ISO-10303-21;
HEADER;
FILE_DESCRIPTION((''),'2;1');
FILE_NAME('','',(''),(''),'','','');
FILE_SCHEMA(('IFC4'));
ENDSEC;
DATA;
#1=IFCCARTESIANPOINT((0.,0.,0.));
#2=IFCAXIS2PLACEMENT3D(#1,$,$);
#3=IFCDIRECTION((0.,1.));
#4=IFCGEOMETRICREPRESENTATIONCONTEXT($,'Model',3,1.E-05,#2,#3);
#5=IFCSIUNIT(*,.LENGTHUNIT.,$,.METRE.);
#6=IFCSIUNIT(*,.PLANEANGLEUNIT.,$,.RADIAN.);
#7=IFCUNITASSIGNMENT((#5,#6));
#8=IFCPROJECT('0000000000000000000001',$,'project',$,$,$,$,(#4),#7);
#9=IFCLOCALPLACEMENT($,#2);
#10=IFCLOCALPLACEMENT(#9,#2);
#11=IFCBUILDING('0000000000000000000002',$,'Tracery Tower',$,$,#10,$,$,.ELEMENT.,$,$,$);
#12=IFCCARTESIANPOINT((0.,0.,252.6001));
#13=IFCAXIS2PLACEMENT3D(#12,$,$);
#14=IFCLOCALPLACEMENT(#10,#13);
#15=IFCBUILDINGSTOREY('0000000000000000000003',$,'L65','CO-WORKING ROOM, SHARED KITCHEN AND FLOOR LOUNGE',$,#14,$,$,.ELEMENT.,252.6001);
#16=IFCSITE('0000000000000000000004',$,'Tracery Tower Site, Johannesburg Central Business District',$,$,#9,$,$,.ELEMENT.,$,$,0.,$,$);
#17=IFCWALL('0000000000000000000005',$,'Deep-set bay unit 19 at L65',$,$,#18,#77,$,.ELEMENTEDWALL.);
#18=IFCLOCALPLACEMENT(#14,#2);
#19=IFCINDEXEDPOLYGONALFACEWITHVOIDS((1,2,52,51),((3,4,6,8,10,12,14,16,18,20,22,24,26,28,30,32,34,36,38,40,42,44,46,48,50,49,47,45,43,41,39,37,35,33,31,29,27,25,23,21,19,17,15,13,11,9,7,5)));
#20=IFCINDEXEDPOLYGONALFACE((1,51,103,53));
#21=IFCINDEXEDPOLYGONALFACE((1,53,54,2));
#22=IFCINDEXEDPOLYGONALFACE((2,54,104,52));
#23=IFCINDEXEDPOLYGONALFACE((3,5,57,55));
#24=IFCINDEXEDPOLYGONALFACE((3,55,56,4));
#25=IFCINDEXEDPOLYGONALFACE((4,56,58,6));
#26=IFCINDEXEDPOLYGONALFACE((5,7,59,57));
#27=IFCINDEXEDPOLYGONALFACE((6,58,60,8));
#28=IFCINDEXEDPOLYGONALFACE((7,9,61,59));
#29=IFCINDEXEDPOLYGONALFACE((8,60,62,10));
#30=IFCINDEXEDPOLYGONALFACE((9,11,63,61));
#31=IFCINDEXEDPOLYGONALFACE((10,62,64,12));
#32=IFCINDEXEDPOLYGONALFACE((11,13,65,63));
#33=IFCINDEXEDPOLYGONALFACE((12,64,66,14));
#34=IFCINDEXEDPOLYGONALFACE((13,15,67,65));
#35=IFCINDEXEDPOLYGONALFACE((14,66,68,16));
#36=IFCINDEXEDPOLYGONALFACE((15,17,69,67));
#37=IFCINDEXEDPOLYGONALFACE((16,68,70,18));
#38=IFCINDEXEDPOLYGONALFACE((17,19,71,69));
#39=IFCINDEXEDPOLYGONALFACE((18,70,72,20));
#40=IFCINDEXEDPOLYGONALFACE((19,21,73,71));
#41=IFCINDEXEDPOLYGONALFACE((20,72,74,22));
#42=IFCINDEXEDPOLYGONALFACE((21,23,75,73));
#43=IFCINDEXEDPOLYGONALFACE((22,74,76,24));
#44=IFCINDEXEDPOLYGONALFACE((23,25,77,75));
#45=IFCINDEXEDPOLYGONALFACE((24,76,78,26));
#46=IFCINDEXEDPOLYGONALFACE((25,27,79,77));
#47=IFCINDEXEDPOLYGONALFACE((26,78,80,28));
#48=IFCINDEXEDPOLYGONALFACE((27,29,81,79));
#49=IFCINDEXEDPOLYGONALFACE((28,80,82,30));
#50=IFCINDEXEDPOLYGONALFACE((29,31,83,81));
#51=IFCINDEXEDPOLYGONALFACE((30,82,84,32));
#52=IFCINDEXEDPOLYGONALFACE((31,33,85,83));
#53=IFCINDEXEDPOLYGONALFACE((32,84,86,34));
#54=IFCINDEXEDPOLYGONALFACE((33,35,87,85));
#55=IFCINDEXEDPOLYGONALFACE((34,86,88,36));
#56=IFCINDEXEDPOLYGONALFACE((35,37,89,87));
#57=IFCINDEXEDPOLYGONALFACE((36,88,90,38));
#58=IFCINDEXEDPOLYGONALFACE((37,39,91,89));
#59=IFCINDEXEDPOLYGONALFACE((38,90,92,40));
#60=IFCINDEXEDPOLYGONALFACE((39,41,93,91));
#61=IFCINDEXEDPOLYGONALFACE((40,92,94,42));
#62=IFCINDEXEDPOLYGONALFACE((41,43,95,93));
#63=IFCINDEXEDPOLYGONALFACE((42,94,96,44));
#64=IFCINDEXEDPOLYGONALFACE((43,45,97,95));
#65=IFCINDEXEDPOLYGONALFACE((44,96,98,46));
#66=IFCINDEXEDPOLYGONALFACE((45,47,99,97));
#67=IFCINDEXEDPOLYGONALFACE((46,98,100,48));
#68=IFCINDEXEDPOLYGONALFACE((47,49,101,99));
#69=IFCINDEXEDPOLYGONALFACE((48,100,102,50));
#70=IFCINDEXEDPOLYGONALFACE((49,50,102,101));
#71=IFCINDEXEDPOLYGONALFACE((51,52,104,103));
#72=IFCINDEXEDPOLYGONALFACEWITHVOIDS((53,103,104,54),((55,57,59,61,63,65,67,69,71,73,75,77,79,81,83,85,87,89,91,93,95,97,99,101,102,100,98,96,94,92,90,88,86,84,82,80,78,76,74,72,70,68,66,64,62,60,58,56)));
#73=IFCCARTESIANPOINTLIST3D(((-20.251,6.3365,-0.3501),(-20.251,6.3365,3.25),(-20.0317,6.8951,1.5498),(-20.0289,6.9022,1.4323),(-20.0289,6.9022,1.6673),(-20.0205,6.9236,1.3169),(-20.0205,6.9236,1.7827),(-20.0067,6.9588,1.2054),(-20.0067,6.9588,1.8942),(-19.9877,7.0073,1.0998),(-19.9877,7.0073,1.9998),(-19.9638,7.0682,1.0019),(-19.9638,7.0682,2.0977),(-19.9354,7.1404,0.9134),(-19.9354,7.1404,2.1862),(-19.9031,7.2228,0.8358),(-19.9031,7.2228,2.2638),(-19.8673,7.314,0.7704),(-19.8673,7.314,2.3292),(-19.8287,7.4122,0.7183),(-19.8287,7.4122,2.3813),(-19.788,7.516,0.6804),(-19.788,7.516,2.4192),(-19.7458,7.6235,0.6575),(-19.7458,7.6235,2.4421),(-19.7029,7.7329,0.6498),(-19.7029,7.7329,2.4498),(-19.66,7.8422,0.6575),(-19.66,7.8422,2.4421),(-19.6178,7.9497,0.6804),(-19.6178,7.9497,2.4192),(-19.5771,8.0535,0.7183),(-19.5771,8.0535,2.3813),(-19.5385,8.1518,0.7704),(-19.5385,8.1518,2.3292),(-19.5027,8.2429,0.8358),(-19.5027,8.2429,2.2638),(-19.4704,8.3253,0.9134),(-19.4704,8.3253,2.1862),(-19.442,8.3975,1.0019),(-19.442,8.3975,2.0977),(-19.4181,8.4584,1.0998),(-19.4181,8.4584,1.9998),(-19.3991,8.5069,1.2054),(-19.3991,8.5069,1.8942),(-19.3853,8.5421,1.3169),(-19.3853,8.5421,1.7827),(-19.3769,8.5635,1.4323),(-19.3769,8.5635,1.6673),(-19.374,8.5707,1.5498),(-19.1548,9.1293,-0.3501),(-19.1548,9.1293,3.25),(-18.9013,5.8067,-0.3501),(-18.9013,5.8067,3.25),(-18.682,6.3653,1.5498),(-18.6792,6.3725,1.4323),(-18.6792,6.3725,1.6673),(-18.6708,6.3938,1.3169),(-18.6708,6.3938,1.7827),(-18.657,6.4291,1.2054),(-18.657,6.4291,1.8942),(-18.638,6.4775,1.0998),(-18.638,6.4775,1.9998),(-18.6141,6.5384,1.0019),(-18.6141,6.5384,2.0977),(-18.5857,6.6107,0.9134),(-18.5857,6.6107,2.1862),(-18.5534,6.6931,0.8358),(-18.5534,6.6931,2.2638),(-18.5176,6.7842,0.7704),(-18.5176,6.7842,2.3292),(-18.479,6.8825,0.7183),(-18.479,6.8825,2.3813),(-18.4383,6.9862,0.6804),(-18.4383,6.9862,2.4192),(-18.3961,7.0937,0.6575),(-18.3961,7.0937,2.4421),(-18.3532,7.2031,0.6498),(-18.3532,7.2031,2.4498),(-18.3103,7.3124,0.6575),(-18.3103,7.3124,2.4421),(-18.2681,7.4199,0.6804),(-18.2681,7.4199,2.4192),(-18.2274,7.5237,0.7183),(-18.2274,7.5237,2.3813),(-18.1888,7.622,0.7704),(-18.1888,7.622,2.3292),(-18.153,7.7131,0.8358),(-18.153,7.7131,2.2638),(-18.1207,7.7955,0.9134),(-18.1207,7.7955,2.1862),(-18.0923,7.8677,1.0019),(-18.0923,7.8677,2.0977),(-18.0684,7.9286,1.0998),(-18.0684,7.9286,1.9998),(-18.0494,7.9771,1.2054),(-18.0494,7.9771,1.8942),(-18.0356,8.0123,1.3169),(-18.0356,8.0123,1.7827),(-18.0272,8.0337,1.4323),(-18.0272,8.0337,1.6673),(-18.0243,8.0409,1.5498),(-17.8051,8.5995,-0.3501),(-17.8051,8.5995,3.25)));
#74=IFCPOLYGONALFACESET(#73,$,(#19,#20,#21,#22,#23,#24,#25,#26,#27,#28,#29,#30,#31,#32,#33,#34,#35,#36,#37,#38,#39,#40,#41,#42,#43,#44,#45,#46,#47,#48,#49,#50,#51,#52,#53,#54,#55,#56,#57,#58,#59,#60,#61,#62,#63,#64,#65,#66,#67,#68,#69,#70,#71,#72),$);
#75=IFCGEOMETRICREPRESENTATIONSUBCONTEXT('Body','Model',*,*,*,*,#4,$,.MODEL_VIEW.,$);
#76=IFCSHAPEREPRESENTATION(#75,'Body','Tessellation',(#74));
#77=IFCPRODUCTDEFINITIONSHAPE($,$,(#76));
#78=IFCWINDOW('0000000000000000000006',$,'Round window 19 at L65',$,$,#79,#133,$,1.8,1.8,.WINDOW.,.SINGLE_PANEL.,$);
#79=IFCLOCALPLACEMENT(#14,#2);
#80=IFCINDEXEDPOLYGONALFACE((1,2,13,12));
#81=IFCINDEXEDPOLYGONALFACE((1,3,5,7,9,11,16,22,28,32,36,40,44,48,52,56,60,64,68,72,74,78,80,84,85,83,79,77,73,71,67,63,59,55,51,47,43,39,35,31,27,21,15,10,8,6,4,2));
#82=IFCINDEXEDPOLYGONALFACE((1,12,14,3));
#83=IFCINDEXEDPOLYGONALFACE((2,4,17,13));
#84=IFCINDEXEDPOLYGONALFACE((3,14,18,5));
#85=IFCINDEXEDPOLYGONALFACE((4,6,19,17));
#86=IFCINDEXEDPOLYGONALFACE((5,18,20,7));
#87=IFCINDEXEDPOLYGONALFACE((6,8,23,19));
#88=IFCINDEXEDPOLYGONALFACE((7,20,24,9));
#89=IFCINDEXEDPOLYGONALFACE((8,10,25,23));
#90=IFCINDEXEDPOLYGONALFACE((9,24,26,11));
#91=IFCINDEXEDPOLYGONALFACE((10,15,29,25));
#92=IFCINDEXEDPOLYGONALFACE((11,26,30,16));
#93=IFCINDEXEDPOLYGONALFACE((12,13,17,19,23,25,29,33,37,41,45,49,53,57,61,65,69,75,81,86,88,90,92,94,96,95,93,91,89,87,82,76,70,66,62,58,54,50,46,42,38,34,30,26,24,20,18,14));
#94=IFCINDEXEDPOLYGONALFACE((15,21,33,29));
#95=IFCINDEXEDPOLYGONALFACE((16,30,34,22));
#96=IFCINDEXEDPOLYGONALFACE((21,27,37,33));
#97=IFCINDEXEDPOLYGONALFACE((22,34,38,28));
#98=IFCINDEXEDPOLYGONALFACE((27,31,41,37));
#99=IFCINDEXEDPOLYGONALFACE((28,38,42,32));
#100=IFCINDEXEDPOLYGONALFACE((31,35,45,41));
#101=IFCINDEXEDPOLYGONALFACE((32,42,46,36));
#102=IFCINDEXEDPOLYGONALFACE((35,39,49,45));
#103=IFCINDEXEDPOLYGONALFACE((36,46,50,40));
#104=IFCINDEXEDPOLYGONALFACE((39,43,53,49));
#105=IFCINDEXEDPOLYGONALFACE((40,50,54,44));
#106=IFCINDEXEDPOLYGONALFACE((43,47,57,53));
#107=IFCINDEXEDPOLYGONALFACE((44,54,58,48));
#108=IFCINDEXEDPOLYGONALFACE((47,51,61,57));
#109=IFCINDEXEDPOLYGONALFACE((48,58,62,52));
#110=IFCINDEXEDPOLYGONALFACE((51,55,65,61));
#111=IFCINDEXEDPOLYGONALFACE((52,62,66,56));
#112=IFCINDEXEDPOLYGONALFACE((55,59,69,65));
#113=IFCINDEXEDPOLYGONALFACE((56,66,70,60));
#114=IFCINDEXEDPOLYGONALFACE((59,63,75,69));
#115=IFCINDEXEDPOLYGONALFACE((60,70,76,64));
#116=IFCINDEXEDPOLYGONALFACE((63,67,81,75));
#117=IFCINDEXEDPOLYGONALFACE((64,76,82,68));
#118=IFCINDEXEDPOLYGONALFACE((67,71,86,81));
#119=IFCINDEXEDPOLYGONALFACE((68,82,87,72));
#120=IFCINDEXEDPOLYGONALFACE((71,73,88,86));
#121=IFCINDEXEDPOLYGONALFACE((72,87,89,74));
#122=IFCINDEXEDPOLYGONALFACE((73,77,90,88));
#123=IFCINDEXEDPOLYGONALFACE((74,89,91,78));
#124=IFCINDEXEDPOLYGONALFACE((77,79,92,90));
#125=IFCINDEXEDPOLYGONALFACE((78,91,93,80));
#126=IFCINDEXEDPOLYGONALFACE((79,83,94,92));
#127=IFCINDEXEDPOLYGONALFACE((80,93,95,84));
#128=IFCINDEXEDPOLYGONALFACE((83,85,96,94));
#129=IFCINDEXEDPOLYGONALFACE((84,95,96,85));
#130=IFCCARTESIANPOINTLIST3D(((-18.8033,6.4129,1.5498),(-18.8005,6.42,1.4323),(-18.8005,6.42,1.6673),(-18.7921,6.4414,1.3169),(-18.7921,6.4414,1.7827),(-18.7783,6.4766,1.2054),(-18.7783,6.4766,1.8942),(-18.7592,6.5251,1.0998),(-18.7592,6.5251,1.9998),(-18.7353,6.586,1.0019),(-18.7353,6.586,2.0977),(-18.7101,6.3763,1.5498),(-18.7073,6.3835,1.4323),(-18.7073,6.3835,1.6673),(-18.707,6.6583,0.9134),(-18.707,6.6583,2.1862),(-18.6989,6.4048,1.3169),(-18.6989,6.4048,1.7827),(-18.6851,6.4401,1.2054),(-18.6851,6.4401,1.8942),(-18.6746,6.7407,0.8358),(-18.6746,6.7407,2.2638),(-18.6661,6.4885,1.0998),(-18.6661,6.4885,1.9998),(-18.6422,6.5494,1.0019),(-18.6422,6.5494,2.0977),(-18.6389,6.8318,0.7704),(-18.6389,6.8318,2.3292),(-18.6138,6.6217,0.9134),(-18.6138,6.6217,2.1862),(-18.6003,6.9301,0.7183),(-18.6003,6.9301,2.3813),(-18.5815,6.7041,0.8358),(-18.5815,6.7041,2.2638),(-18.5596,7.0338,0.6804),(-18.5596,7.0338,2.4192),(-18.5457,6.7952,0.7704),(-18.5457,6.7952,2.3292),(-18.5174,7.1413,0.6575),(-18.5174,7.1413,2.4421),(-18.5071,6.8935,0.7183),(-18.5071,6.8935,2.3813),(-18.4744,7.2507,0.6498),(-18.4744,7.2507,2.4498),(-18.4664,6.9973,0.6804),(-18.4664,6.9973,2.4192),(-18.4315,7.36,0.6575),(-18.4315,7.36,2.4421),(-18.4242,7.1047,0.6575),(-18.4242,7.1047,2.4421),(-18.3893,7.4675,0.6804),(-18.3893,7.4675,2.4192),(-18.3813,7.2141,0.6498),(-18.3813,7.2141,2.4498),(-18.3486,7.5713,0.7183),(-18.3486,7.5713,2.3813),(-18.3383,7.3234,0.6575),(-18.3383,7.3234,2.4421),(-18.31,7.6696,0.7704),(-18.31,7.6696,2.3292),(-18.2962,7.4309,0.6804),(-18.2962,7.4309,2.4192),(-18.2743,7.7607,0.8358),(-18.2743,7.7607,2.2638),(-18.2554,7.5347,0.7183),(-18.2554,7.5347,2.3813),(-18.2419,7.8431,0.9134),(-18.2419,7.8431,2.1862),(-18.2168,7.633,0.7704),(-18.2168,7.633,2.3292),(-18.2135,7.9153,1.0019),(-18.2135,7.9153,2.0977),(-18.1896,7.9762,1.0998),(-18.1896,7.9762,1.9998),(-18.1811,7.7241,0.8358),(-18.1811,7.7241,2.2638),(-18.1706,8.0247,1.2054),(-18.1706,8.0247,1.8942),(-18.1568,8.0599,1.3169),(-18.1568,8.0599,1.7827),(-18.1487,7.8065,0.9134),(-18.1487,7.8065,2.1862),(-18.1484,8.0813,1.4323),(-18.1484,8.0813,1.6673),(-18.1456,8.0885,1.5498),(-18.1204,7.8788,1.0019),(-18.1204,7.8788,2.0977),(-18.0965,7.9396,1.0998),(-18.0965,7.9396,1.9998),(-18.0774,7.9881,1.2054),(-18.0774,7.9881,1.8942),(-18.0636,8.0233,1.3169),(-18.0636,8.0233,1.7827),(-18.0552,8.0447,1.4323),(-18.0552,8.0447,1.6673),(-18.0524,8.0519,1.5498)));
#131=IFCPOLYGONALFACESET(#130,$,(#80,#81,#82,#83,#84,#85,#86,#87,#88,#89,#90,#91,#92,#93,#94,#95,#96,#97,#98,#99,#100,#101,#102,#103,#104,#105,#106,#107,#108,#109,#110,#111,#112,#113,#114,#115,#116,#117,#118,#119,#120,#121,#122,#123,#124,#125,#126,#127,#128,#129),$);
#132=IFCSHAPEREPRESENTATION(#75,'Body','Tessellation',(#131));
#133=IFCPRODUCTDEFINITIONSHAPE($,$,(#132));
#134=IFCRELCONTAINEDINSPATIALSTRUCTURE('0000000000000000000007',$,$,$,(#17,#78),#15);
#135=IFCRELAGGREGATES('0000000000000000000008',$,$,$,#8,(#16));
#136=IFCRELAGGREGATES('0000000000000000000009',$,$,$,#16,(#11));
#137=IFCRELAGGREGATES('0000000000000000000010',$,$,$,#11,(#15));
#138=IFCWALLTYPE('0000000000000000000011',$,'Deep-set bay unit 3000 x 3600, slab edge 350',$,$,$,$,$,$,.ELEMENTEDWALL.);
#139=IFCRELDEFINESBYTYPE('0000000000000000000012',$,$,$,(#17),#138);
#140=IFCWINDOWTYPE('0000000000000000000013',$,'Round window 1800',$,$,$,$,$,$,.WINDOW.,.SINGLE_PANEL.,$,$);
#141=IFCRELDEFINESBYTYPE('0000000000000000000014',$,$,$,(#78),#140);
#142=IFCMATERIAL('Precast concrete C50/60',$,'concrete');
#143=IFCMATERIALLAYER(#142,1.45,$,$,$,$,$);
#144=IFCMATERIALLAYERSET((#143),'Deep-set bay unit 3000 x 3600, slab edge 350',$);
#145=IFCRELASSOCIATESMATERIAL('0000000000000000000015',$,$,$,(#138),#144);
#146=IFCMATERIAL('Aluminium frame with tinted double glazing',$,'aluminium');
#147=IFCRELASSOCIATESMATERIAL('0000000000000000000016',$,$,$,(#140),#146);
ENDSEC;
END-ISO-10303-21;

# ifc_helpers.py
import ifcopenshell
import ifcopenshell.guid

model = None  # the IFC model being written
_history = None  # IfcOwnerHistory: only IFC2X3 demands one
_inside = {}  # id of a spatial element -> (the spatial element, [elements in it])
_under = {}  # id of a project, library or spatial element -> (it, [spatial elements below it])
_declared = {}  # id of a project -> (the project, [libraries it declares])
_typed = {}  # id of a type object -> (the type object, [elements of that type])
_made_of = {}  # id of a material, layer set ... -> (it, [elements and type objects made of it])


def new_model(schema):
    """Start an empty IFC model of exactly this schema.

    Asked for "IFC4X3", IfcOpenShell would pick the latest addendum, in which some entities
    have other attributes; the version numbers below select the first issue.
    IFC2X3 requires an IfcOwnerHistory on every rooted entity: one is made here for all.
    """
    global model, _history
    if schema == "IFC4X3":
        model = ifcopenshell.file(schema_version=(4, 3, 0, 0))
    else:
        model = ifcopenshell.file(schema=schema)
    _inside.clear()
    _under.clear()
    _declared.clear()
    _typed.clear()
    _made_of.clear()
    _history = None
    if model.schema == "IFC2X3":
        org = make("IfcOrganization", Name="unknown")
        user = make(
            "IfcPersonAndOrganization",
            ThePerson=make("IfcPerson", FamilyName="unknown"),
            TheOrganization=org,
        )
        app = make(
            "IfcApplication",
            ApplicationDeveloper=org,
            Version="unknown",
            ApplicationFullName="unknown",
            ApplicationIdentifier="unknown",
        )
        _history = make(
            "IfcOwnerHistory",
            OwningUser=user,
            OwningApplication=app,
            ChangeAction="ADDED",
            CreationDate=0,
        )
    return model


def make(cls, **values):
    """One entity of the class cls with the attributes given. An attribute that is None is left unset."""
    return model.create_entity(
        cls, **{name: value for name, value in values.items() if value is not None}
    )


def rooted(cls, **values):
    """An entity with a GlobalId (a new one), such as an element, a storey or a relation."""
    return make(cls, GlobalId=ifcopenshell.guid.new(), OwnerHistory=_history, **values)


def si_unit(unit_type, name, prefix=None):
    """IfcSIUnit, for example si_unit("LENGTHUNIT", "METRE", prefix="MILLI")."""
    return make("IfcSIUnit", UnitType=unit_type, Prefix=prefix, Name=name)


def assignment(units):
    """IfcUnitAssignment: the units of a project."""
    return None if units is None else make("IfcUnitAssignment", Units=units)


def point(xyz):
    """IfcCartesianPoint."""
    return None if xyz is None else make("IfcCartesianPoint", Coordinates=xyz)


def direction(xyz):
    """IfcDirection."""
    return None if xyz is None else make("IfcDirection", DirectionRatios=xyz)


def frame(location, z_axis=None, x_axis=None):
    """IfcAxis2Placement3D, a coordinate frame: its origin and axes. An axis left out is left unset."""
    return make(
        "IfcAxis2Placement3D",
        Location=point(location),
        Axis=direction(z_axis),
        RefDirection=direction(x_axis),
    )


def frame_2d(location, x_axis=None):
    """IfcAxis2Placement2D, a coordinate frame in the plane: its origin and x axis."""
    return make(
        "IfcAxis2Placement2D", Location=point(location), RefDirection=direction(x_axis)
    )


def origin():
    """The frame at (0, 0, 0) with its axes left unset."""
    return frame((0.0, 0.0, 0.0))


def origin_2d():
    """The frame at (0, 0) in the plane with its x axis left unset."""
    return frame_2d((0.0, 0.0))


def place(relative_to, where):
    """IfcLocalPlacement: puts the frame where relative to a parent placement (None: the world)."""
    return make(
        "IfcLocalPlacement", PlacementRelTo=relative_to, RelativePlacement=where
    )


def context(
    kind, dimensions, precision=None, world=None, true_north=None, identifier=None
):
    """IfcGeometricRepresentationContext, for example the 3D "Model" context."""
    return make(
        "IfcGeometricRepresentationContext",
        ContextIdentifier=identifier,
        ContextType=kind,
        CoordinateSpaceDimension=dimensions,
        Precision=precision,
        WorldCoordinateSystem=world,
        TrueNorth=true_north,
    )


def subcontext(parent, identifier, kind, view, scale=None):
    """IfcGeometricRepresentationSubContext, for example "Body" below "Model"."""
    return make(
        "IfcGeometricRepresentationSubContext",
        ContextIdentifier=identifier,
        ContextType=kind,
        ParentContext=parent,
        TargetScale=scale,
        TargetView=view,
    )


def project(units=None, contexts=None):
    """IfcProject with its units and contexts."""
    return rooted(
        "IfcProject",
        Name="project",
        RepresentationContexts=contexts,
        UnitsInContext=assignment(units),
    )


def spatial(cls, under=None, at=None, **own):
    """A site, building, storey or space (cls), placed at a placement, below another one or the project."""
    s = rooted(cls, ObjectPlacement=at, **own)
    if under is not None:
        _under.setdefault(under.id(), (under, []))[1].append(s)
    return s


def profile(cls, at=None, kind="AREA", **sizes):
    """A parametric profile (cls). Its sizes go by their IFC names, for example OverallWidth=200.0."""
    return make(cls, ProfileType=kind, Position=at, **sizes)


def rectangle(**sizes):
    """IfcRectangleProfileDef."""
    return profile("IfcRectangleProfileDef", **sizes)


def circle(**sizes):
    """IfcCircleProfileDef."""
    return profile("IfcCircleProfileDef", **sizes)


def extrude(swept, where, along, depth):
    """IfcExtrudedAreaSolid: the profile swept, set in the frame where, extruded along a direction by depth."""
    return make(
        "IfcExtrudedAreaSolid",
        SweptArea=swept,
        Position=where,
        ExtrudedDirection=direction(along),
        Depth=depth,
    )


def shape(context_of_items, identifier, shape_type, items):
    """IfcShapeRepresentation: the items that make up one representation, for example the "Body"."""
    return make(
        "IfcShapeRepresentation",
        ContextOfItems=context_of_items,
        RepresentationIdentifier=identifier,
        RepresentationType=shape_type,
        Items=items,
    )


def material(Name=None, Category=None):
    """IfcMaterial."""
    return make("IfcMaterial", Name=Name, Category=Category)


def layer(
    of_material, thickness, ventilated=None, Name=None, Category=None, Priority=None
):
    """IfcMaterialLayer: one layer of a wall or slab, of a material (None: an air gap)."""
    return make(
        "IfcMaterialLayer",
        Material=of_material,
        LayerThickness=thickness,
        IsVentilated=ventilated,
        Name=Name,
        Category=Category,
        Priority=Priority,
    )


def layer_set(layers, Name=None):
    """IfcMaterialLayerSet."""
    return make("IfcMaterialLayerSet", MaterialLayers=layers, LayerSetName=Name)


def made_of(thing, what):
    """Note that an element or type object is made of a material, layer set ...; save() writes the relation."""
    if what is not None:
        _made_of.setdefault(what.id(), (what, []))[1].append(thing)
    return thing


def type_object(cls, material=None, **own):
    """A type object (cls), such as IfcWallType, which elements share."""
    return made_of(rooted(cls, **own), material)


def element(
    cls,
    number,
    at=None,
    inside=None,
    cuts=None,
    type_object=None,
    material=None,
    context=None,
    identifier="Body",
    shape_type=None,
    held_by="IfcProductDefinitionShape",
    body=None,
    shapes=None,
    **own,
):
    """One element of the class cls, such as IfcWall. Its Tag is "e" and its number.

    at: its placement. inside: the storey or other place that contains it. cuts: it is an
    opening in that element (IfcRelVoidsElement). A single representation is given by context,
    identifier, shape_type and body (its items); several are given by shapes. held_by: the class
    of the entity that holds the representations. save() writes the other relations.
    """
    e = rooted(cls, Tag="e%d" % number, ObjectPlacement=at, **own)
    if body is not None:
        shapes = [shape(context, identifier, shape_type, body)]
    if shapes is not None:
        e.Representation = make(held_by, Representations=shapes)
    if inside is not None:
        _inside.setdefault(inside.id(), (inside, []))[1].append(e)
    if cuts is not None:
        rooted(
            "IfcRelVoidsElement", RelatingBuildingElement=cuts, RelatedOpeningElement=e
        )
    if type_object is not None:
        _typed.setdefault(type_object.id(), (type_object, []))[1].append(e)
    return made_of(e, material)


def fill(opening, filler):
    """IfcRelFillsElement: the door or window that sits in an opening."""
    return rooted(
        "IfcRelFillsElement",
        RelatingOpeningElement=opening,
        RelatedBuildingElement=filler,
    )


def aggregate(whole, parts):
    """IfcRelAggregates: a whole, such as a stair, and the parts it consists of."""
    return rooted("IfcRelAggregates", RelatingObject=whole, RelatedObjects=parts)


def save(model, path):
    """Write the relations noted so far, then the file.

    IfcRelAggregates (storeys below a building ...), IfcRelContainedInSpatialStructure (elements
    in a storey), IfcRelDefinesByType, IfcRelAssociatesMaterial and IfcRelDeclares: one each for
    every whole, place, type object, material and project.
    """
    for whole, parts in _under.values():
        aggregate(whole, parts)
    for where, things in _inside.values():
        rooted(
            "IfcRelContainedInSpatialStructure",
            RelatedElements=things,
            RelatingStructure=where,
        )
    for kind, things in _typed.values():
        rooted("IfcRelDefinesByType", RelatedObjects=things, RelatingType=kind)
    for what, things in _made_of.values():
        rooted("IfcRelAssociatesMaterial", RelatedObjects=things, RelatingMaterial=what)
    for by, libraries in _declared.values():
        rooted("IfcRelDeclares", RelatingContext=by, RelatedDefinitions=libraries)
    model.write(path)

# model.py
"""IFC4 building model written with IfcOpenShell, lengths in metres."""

from ifc_helpers import new_model, si_unit, direction, frame, frame_2d, origin, origin_2d, place, context, subcontext, project, spatial, rectangle, circle, extrude, material, layer, layer_set, type_object, element, fill, save


model = new_model("IFC4")

# Units and contexts
model_context = context("Model", 3, precision=1e-05, world=origin(), true_north=direction((0.0, 1.0)))
body_context = subcontext(model_context, "Body", "Model", "MODEL_VIEW")
ifc_project = project(units=[si_unit("LENGTHUNIT", "METRE"), si_unit("PLANEANGLEUNIT", "RADIAN")], contexts=[model_context])

# Site, building, storey
site_placement = place(None, origin())
site = spatial("IfcSite", under=ifc_project, at=site_placement, Name="Tracery Tower Site, Johannesburg Central Business District", CompositionType="ELEMENT", RefElevation=0.0)
building_placement = place(site_placement, origin())
building = spatial("IfcBuilding", under=site, at=building_placement, Name="Tracery Tower", CompositionType="ELEMENT")
storey_placement = place(building_placement, frame((0.0, 0.0, 252.6001)))
storey = spatial("IfcBuildingStorey", under=building, at=storey_placement, Name="L65", Description="CO-WORKING ROOM, SHARED KITCHEN AND FLOOR LOUNGE", CompositionType="ELEMENT", Elevation=252.6001)

# Wall, opening, window
ifc_material_1 = material(Name="Precast concrete C50/60", Category="concrete")
ifc_layer_1 = layer(ifc_material_1, 1.45)
ifc_layer_set_1 = layer_set([ifc_layer_1], Name="Deep-set bay unit 3000 x 3600, slab edge 350")
wall_type_1 = type_object("IfcWallType", Name="Deep-set bay unit 3000 x 3600, slab edge 350", PredefinedType="ELEMENTEDWALL", material=ifc_layer_set_1)
ifc_material_2 = material(Name="Aluminium frame with tinted double glazing", Category="aluminium")
window_type = type_object("IfcWindowType", Name="Round window 1800", PartitioningType="SINGLE_PANEL", PredefinedType="WINDOW", material=ifc_material_2)
wall_1_placement = place(storey_placement, frame((-18.48, 8.8643, -0.3501), z_axis=(0.0, 0.0, 1.0), x_axis=(-0.365378, -0.930859, 0.0)))
wall_1 = element("IfcWall", 1, at=wall_1_placement, inside=storey, type_object=wall_type_1, Name="Deep-set bay unit 19 at L65", PredefinedType="ELEMENTEDWALL", context=body_context, shape_type="SweptSolid", body=[
    extrude(rectangle(XDim=3.0002, YDim=1.45, at=frame_2d((1.5, 0.0))), origin(), (0.0, 0.0, 1.0), 3.6001),
])
opening_1_placement = place(wall_1_placement, frame((1.5, 0.0, 1.8999)))
opening_1 = element("IfcOpeningElement", 2, at=opening_1_placement, cuts=wall_1, PredefinedType="OPENING", context=body_context, shape_type="SweptSolid", body=[
    extrude(circle(Radius=0.9, at=origin_2d()), frame((0.0, 0.7349, 0.0), z_axis=(0.0, -1.0, 0.0), x_axis=(1.0, 0.0, 0.0)), (0.0, 0.0, 1.0), 1.47),
])
window_1_placement = place(opening_1_placement, origin())
window_1 = element("IfcWindow", 3, at=window_1_placement, inside=storey, type_object=window_type, Name="Round window 19 at L65", OverallHeight=1.8, OverallWidth=1.8, PartitioningType="SINGLE_PANEL", PredefinedType="WINDOW", context=body_context, shape_type="SweptSolid", body=[
    extrude(circle(Radius=0.9, at=origin_2d()), frame((0.0, 0.6948, 0.0), z_axis=(0.0, -1.0, 0.0), x_axis=(1.0, 0.0, 0.0)), (0.0, 0.0, 1.0), 0.1001),
])
fill(opening_1, window_1)

save(model, "model.ifc")
